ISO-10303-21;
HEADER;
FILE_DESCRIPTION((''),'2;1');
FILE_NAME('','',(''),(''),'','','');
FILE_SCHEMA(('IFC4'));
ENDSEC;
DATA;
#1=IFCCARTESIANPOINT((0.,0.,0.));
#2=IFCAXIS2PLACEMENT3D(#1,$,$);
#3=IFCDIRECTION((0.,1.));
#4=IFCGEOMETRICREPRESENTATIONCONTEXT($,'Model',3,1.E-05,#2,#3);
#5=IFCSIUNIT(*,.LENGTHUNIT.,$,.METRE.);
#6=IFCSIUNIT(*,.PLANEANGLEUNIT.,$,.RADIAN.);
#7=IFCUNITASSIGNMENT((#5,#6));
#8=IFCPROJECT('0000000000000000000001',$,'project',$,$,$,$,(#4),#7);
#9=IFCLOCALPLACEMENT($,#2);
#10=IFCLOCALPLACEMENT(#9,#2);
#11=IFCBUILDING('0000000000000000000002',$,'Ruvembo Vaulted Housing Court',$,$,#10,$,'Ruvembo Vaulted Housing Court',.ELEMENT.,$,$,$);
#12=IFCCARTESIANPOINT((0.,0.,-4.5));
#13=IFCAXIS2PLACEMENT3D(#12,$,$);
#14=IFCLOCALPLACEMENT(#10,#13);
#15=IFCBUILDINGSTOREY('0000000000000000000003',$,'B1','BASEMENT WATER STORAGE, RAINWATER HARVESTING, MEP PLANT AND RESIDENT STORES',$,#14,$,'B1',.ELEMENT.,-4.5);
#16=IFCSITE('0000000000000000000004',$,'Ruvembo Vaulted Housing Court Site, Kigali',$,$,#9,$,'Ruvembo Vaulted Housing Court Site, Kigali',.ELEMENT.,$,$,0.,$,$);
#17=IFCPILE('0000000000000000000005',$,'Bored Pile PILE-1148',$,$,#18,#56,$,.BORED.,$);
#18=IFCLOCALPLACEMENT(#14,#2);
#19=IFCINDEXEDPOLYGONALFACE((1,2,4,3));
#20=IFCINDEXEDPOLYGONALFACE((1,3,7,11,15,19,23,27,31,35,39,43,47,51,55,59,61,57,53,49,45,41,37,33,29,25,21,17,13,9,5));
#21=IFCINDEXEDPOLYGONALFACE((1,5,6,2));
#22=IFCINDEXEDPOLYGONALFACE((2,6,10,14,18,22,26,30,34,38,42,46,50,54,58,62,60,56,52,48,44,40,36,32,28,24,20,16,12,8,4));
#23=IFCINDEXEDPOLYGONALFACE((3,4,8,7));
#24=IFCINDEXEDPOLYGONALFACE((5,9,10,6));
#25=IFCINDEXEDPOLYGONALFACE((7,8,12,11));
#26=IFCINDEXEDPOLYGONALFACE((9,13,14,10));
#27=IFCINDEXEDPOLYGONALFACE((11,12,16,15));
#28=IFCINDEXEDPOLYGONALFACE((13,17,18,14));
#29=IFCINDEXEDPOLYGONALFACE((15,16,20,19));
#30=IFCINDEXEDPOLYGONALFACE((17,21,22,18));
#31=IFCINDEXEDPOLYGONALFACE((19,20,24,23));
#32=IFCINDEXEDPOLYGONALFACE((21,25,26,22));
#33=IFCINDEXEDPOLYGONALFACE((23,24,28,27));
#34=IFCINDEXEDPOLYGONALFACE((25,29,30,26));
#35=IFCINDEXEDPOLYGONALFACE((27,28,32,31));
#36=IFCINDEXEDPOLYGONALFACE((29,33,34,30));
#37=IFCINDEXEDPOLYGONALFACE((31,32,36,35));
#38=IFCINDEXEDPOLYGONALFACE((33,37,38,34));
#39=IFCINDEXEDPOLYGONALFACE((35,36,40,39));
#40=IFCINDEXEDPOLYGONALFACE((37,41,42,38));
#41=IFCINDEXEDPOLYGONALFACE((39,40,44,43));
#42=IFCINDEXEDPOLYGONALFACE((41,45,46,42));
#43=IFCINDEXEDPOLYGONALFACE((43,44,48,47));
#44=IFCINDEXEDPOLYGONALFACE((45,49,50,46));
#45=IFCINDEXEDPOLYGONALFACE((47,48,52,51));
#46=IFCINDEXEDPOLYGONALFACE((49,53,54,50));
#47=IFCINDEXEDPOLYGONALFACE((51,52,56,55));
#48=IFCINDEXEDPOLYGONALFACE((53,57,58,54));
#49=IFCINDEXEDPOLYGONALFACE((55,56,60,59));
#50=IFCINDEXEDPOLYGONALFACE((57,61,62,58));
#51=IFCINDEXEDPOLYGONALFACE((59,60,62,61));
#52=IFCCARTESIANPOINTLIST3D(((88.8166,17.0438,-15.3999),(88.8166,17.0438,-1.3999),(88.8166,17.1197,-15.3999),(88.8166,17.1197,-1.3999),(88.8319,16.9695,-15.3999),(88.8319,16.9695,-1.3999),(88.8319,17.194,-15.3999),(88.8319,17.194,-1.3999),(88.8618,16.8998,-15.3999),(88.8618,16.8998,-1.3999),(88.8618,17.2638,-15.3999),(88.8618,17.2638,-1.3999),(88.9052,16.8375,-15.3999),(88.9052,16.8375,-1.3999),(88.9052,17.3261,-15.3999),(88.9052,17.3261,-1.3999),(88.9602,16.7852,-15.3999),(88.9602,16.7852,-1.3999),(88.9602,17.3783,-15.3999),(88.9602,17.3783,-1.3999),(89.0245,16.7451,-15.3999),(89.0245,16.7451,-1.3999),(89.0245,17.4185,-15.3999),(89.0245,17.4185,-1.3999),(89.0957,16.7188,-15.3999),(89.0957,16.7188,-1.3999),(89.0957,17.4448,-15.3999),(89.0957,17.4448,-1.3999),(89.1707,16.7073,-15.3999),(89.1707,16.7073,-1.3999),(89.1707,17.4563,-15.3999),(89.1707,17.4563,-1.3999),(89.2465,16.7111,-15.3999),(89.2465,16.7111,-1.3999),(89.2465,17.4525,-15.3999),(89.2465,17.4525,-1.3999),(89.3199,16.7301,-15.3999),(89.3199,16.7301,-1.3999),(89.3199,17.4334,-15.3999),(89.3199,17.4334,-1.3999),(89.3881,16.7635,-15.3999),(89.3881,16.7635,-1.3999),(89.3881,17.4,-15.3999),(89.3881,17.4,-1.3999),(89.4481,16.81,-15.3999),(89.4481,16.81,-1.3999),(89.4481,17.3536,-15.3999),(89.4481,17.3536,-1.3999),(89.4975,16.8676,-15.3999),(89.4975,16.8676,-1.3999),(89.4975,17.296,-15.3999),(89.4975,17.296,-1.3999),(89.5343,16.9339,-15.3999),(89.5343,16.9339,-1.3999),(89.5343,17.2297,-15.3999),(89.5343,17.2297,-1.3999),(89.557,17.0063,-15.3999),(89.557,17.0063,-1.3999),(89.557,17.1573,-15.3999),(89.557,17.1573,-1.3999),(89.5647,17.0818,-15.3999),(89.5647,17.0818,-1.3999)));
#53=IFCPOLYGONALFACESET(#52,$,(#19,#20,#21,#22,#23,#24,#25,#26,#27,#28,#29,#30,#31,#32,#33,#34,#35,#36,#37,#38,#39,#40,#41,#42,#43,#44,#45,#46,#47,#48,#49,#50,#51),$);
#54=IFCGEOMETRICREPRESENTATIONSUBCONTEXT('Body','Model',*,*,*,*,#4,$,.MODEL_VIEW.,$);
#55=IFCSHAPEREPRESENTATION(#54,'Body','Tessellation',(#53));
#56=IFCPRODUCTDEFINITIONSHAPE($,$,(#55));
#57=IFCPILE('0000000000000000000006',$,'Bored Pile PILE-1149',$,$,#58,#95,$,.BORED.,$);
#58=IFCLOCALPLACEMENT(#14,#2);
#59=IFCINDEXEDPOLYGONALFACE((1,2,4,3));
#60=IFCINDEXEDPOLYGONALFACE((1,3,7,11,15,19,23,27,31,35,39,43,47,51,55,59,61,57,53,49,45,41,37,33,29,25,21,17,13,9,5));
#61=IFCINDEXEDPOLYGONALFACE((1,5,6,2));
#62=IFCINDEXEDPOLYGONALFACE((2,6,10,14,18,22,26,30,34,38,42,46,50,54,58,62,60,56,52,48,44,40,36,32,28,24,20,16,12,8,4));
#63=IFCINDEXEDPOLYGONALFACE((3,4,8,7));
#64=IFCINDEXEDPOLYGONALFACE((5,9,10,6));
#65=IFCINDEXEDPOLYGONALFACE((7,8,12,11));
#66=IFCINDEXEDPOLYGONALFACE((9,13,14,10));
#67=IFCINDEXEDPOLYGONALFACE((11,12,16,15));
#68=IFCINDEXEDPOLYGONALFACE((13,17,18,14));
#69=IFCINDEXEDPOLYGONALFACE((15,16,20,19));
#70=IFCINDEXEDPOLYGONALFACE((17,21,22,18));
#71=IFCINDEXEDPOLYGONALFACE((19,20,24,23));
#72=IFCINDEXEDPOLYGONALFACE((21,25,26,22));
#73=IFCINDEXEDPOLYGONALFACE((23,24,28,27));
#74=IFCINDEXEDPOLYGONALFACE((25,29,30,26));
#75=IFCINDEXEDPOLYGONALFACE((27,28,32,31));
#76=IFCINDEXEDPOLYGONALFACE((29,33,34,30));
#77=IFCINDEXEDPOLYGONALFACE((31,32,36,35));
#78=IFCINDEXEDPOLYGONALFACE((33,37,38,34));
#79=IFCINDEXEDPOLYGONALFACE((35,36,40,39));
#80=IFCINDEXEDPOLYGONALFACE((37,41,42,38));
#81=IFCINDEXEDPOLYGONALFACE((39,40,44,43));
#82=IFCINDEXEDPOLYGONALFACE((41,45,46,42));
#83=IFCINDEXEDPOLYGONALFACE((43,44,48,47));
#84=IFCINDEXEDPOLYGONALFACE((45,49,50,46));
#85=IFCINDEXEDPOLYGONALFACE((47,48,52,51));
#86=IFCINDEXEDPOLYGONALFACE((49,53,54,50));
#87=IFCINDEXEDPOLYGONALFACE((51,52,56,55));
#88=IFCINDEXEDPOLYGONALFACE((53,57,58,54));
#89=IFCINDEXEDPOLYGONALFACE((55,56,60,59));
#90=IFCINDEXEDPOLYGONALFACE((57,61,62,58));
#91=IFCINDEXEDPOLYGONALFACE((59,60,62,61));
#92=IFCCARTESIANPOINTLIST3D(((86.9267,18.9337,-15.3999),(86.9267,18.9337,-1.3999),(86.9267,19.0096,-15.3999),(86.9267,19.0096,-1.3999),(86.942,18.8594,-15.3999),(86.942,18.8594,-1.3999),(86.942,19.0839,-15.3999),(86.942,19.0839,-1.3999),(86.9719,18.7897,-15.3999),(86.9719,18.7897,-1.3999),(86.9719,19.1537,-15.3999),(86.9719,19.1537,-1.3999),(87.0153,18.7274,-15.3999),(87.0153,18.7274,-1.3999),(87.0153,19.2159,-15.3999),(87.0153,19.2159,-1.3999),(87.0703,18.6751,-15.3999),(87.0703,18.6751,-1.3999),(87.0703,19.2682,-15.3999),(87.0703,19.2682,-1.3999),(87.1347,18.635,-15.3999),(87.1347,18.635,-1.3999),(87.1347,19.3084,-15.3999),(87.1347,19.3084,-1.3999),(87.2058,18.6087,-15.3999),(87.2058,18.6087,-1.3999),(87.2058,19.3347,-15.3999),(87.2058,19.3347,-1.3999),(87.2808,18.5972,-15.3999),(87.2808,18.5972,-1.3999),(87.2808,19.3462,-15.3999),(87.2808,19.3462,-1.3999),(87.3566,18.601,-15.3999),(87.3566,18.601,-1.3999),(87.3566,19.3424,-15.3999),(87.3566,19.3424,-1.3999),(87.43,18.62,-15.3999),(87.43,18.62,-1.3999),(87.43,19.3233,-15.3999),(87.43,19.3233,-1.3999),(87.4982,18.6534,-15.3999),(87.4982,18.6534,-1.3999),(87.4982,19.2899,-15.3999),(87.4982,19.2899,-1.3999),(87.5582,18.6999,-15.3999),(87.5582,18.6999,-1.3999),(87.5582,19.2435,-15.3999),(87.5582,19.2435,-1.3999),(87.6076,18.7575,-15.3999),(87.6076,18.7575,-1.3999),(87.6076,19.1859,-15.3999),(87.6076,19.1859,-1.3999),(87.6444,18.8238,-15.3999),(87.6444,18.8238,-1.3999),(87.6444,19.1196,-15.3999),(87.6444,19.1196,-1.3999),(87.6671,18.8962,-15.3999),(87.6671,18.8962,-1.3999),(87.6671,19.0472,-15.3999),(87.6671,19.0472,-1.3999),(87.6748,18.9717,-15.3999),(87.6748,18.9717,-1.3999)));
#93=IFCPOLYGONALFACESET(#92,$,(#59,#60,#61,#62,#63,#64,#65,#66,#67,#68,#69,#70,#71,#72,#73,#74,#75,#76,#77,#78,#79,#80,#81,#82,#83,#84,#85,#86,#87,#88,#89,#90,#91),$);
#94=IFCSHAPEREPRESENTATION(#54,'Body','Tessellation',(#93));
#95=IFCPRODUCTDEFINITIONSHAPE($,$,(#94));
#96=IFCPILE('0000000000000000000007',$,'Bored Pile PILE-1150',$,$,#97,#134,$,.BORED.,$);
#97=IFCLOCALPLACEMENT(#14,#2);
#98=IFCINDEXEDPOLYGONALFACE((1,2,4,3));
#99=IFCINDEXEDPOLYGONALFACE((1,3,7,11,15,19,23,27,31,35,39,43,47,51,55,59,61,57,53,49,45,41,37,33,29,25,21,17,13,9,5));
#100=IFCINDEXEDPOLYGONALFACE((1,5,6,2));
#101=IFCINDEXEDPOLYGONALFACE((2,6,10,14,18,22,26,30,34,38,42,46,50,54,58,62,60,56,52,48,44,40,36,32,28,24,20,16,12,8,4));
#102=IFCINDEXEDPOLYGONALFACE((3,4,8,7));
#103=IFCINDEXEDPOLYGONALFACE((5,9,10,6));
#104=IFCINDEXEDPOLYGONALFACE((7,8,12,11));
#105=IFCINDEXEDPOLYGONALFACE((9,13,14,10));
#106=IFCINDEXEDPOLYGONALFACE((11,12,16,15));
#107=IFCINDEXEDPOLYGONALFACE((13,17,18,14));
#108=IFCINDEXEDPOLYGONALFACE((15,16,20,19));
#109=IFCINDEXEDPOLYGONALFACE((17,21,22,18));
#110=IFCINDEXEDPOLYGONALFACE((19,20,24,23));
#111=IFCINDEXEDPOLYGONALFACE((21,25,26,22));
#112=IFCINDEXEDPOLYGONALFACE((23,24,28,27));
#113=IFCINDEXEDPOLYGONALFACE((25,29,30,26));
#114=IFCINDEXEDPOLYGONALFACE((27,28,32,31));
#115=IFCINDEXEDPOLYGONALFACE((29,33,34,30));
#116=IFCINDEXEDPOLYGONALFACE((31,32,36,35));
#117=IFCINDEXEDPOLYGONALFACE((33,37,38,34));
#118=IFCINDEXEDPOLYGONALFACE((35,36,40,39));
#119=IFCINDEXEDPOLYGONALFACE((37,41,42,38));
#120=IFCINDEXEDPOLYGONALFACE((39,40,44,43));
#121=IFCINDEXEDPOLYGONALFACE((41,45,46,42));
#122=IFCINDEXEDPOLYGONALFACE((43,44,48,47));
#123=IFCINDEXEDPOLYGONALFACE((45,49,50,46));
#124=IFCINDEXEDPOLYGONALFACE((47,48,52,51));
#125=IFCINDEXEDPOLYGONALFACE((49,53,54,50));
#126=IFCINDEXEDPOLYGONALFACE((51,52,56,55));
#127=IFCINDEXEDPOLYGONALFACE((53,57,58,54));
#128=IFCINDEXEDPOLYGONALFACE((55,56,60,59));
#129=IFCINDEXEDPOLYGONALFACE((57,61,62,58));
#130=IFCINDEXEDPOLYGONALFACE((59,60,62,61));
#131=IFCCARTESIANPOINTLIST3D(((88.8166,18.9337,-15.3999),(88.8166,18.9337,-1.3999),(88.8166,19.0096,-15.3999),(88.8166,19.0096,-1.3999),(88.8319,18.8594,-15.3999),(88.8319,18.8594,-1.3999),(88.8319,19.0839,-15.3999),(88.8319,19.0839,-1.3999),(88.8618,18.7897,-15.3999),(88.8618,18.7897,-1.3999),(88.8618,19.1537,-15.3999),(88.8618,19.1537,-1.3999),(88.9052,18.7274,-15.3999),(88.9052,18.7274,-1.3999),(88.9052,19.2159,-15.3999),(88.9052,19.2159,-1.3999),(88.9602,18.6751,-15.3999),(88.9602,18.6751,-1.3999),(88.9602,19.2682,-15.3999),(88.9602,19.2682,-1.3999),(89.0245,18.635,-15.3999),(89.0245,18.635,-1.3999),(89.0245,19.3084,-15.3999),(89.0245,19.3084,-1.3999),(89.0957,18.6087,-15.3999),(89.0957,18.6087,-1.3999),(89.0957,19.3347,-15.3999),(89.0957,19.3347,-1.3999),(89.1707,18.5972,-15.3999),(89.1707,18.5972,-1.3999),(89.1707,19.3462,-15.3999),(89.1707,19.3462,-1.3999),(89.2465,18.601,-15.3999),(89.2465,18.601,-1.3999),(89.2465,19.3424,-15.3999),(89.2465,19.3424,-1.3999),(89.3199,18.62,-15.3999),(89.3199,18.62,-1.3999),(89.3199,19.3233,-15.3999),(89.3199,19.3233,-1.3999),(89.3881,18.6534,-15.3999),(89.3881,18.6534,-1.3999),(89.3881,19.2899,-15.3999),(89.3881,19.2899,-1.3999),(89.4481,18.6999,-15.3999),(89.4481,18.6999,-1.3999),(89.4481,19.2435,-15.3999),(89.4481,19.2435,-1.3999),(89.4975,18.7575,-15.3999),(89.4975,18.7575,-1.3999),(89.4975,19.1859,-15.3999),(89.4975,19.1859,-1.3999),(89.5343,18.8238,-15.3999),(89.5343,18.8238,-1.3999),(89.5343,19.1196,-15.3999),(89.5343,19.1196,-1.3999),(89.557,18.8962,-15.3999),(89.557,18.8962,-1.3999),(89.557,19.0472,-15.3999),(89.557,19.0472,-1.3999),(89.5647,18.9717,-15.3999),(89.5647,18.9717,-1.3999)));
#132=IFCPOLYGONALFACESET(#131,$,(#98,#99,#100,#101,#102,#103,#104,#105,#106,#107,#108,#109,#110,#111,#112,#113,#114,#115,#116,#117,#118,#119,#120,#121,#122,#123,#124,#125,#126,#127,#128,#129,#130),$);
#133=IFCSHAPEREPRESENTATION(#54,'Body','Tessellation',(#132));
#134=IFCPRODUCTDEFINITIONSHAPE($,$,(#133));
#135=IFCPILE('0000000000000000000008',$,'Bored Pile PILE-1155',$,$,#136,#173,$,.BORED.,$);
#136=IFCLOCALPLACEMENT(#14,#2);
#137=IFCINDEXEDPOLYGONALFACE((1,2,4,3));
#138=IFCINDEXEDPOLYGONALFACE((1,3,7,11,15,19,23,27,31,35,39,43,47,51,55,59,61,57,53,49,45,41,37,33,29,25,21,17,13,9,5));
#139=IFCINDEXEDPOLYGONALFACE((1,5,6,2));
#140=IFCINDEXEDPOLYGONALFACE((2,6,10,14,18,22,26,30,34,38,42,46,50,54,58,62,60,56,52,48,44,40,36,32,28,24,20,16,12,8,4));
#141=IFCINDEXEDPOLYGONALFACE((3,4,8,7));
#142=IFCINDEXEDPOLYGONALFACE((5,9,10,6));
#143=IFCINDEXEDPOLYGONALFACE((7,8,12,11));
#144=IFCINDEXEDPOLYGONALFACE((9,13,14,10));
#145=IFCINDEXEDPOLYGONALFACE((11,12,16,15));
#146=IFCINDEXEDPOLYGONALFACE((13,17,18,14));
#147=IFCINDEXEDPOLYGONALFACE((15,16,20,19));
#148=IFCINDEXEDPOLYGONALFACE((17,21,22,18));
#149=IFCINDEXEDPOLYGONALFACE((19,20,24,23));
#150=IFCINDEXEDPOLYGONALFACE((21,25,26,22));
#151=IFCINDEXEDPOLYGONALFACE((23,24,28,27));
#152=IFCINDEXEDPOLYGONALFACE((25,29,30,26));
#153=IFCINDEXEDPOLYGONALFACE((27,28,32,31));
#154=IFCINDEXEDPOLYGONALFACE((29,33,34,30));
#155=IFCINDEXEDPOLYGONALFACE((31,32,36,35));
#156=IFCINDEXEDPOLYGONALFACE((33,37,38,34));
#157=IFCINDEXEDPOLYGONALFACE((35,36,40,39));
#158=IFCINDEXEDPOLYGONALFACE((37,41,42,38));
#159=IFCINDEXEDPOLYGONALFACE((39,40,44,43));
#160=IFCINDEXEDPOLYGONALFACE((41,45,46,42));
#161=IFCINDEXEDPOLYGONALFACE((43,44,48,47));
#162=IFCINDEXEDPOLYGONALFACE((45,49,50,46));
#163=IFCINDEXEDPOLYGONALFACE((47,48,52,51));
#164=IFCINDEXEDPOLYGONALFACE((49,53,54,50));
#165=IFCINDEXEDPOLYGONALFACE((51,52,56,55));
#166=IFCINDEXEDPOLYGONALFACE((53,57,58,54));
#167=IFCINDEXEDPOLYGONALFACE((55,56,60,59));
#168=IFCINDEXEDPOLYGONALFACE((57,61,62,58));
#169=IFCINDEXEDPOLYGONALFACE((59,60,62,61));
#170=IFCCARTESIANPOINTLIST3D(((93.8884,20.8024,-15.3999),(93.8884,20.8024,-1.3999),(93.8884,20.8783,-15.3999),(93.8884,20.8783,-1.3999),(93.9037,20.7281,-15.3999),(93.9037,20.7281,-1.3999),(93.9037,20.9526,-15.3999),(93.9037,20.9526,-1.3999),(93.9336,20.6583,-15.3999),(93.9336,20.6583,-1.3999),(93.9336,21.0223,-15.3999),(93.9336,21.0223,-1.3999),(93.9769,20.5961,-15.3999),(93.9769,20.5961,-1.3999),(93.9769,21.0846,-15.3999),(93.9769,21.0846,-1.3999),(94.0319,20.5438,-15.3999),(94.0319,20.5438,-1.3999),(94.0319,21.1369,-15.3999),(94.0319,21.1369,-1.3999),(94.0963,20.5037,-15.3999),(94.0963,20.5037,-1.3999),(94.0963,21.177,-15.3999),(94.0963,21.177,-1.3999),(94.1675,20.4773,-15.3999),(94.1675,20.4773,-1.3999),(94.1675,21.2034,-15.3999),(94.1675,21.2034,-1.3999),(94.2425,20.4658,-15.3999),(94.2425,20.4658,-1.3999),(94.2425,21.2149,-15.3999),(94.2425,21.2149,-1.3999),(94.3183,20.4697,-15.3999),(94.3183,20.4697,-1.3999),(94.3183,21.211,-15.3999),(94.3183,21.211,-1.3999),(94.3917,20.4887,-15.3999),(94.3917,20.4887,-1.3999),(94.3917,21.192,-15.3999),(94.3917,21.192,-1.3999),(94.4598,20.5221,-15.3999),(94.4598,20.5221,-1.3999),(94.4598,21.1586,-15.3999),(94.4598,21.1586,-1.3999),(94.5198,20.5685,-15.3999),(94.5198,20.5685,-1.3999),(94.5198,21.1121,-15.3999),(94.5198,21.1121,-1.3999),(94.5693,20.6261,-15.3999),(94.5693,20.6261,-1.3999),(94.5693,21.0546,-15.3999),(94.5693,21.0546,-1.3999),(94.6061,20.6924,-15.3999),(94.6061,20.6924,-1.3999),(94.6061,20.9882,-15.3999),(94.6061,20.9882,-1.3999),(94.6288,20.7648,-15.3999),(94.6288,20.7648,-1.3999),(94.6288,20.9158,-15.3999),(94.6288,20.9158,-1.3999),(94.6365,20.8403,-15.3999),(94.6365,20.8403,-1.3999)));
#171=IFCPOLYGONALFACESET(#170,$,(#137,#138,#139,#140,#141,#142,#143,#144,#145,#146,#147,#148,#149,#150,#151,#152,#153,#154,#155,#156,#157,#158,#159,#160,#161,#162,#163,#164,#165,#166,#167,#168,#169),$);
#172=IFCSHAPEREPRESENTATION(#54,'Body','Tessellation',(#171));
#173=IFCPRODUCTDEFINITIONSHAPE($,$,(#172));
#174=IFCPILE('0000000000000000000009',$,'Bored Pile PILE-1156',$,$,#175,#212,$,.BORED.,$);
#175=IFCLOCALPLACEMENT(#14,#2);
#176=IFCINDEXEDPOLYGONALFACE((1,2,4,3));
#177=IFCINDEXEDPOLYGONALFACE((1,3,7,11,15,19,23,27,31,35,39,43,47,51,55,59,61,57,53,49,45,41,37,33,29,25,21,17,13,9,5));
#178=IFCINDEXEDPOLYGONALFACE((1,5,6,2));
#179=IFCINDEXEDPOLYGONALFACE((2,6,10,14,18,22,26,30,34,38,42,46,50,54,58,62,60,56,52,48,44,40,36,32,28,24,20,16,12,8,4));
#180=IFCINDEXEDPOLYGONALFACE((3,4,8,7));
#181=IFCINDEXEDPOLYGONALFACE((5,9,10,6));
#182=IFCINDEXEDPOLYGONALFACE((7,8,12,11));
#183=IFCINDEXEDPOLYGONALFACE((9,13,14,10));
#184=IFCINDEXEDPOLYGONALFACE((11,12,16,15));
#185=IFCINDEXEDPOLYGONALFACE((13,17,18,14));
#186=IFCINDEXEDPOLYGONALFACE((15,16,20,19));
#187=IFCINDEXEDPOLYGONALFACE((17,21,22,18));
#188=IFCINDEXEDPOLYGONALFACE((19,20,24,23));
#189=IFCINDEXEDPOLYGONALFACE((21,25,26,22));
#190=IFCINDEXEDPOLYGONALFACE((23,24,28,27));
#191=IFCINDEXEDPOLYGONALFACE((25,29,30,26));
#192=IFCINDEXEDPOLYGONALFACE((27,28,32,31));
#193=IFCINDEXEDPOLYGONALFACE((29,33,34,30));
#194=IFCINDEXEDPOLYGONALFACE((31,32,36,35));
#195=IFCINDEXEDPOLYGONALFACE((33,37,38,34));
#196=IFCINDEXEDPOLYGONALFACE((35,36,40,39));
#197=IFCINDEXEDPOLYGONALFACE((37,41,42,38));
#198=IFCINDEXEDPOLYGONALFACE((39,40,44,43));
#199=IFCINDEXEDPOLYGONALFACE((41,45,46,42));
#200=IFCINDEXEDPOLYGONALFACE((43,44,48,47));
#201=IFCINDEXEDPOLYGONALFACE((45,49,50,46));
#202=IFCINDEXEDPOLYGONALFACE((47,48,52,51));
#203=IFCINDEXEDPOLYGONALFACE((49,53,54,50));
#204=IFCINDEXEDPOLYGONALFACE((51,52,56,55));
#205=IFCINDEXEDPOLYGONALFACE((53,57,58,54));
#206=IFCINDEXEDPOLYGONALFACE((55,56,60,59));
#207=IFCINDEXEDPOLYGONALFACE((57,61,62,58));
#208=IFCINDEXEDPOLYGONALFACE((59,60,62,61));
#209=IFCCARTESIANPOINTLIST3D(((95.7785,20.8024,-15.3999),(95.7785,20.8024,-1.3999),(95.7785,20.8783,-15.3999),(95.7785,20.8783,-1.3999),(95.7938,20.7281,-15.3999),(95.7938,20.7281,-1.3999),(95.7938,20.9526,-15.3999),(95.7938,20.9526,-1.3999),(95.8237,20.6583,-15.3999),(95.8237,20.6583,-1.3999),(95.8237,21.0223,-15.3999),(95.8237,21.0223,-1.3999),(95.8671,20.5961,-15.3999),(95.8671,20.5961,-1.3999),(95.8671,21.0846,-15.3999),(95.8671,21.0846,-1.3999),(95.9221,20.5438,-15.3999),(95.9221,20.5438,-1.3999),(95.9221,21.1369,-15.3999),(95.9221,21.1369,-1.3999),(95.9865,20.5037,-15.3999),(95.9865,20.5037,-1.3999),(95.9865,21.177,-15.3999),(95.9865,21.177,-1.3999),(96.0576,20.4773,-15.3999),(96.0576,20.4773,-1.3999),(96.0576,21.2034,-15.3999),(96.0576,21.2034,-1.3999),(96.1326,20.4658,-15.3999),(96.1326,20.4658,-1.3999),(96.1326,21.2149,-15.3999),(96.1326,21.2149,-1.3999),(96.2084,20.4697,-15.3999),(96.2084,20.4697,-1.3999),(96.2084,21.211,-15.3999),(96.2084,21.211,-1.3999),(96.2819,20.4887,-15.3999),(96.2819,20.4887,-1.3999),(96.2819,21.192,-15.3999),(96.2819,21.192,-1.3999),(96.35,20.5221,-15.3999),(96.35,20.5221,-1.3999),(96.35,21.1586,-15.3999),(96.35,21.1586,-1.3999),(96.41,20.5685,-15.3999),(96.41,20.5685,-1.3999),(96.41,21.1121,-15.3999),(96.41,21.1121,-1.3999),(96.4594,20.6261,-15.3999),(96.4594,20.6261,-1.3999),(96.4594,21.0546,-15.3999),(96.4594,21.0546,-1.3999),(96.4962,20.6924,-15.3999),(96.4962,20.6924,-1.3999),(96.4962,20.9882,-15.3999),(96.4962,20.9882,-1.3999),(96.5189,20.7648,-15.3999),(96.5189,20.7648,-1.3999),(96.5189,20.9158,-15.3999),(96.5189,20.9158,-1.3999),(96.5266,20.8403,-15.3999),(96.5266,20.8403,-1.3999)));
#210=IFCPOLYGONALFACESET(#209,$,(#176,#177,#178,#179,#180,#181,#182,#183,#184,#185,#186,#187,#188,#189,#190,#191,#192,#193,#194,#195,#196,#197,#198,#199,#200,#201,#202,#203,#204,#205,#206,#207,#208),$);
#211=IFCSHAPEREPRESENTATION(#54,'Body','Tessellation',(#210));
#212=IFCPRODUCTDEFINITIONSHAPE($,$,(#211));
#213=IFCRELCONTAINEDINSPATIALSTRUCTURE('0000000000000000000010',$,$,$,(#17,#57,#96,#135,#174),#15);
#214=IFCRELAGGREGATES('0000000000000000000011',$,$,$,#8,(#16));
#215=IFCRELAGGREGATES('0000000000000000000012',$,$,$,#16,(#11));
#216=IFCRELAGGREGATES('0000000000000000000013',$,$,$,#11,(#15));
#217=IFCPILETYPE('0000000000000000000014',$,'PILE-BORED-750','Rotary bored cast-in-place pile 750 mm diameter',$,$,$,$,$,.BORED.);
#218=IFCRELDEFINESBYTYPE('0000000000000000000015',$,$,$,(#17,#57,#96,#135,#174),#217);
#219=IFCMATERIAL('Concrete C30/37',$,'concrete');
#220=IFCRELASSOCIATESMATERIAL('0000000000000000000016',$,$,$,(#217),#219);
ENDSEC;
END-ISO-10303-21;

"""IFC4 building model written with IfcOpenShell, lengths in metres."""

from ifc_helpers import new_model, si_unit, direction, frame, origin, origin_2d, place, context, subcontext, project, spatial, circle, extrude, material, material_profile, profile_set, type_object, element, save


model = new_model("IFC4")

# Units and contexts
model_context = context("Model", 3, precision=1e-05, world=origin(), true_north=direction((0.0, 1.0)))
body_context = subcontext(model_context, "Body", "Model", "MODEL_VIEW")
ifc_project = project(units=[si_unit("LENGTHUNIT", "METRE"), si_unit("PLANEANGLEUNIT", "RADIAN")], contexts=[model_context])

# Site, building, storey
site_placement = place(None, origin())
site = spatial("IfcSite", under=ifc_project, at=site_placement, Name="Ruvembo Vaulted Housing Court Site, Kigali", LongName="Ruvembo Vaulted Housing Court Site, Kigali", CompositionType="ELEMENT", RefElevation=0.0)
building_placement = place(site_placement, origin())
building = spatial("IfcBuilding", under=site, at=building_placement, Name="Ruvembo Vaulted Housing Court", LongName="Ruvembo Vaulted Housing Court", CompositionType="ELEMENT")
storey_placement = place(building_placement, frame((0.0, 0.0, -4.5)))
storey = spatial("IfcBuildingStorey", under=building, at=storey_placement, Name="B1", Description="BASEMENT WATER STORAGE, RAINWATER HARVESTING, MEP PLANT AND RESIDENT STORES", LongName="B1", CompositionType="ELEMENT", Elevation=-4.5)

# Piles
ifc_material_1 = material(Name="Concrete C30/37", Category="concrete")
ifc_material_profile_1 = material_profile(ifc_material_1, circle(Radius=0.375, at=origin_2d()), Name="PILE D750")
ifc_profile_set_1 = profile_set([ifc_material_profile_1], Name="Concrete C30/37")
pile_type = type_object("IfcPileType", Name="PILE-BORED-750", Description="Rotary bored cast-in-place pile 750 mm diameter", PredefinedType="BORED", material=ifc_profile_set_1)
for number, where, z_axis, x_axis, name in (
    (1, (89.1897, 17.0818, -1.3999), (0.0, 0.0, -1.0), (1.0, 0.0, 0.0), "Bored Pile PILE-1148"),
    (2, (87.2998, 18.9717, -1.3999), (0.0, 0.0, -1.0), (1.0, 0.0, 0.0), "Bored Pile PILE-1149"),
    (3, (89.1897, 18.9717, -1.3999), (0.0, 0.0, -1.0), (1.0, 0.0, 0.0), "Bored Pile PILE-1150"),
    (4, (94.2615, 20.8403, -1.3999), (0.0, 0.0, -1.0), (1.0, 0.0, 0.0), "Bored Pile PILE-1155"),
    (5, (96.1516, 20.8403, -1.3999), (0.0, 0.0, -1.0), (1.0, 0.0, 0.0), "Bored Pile PILE-1156"),
):
    element("IfcPile", number, at=place(storey_placement, frame(where, z_axis=z_axis, x_axis=x_axis)), inside=storey, type_object=pile_type, Name=name, PredefinedType="BORED", context=body_context, shape_type="SweptSolid", body=[
        extrude(circle(Radius=0.375, at=origin_2d()), origin(), (0.0, 0.0, 1.0), 14.0),
    ])

save(model, "model.ifc")
